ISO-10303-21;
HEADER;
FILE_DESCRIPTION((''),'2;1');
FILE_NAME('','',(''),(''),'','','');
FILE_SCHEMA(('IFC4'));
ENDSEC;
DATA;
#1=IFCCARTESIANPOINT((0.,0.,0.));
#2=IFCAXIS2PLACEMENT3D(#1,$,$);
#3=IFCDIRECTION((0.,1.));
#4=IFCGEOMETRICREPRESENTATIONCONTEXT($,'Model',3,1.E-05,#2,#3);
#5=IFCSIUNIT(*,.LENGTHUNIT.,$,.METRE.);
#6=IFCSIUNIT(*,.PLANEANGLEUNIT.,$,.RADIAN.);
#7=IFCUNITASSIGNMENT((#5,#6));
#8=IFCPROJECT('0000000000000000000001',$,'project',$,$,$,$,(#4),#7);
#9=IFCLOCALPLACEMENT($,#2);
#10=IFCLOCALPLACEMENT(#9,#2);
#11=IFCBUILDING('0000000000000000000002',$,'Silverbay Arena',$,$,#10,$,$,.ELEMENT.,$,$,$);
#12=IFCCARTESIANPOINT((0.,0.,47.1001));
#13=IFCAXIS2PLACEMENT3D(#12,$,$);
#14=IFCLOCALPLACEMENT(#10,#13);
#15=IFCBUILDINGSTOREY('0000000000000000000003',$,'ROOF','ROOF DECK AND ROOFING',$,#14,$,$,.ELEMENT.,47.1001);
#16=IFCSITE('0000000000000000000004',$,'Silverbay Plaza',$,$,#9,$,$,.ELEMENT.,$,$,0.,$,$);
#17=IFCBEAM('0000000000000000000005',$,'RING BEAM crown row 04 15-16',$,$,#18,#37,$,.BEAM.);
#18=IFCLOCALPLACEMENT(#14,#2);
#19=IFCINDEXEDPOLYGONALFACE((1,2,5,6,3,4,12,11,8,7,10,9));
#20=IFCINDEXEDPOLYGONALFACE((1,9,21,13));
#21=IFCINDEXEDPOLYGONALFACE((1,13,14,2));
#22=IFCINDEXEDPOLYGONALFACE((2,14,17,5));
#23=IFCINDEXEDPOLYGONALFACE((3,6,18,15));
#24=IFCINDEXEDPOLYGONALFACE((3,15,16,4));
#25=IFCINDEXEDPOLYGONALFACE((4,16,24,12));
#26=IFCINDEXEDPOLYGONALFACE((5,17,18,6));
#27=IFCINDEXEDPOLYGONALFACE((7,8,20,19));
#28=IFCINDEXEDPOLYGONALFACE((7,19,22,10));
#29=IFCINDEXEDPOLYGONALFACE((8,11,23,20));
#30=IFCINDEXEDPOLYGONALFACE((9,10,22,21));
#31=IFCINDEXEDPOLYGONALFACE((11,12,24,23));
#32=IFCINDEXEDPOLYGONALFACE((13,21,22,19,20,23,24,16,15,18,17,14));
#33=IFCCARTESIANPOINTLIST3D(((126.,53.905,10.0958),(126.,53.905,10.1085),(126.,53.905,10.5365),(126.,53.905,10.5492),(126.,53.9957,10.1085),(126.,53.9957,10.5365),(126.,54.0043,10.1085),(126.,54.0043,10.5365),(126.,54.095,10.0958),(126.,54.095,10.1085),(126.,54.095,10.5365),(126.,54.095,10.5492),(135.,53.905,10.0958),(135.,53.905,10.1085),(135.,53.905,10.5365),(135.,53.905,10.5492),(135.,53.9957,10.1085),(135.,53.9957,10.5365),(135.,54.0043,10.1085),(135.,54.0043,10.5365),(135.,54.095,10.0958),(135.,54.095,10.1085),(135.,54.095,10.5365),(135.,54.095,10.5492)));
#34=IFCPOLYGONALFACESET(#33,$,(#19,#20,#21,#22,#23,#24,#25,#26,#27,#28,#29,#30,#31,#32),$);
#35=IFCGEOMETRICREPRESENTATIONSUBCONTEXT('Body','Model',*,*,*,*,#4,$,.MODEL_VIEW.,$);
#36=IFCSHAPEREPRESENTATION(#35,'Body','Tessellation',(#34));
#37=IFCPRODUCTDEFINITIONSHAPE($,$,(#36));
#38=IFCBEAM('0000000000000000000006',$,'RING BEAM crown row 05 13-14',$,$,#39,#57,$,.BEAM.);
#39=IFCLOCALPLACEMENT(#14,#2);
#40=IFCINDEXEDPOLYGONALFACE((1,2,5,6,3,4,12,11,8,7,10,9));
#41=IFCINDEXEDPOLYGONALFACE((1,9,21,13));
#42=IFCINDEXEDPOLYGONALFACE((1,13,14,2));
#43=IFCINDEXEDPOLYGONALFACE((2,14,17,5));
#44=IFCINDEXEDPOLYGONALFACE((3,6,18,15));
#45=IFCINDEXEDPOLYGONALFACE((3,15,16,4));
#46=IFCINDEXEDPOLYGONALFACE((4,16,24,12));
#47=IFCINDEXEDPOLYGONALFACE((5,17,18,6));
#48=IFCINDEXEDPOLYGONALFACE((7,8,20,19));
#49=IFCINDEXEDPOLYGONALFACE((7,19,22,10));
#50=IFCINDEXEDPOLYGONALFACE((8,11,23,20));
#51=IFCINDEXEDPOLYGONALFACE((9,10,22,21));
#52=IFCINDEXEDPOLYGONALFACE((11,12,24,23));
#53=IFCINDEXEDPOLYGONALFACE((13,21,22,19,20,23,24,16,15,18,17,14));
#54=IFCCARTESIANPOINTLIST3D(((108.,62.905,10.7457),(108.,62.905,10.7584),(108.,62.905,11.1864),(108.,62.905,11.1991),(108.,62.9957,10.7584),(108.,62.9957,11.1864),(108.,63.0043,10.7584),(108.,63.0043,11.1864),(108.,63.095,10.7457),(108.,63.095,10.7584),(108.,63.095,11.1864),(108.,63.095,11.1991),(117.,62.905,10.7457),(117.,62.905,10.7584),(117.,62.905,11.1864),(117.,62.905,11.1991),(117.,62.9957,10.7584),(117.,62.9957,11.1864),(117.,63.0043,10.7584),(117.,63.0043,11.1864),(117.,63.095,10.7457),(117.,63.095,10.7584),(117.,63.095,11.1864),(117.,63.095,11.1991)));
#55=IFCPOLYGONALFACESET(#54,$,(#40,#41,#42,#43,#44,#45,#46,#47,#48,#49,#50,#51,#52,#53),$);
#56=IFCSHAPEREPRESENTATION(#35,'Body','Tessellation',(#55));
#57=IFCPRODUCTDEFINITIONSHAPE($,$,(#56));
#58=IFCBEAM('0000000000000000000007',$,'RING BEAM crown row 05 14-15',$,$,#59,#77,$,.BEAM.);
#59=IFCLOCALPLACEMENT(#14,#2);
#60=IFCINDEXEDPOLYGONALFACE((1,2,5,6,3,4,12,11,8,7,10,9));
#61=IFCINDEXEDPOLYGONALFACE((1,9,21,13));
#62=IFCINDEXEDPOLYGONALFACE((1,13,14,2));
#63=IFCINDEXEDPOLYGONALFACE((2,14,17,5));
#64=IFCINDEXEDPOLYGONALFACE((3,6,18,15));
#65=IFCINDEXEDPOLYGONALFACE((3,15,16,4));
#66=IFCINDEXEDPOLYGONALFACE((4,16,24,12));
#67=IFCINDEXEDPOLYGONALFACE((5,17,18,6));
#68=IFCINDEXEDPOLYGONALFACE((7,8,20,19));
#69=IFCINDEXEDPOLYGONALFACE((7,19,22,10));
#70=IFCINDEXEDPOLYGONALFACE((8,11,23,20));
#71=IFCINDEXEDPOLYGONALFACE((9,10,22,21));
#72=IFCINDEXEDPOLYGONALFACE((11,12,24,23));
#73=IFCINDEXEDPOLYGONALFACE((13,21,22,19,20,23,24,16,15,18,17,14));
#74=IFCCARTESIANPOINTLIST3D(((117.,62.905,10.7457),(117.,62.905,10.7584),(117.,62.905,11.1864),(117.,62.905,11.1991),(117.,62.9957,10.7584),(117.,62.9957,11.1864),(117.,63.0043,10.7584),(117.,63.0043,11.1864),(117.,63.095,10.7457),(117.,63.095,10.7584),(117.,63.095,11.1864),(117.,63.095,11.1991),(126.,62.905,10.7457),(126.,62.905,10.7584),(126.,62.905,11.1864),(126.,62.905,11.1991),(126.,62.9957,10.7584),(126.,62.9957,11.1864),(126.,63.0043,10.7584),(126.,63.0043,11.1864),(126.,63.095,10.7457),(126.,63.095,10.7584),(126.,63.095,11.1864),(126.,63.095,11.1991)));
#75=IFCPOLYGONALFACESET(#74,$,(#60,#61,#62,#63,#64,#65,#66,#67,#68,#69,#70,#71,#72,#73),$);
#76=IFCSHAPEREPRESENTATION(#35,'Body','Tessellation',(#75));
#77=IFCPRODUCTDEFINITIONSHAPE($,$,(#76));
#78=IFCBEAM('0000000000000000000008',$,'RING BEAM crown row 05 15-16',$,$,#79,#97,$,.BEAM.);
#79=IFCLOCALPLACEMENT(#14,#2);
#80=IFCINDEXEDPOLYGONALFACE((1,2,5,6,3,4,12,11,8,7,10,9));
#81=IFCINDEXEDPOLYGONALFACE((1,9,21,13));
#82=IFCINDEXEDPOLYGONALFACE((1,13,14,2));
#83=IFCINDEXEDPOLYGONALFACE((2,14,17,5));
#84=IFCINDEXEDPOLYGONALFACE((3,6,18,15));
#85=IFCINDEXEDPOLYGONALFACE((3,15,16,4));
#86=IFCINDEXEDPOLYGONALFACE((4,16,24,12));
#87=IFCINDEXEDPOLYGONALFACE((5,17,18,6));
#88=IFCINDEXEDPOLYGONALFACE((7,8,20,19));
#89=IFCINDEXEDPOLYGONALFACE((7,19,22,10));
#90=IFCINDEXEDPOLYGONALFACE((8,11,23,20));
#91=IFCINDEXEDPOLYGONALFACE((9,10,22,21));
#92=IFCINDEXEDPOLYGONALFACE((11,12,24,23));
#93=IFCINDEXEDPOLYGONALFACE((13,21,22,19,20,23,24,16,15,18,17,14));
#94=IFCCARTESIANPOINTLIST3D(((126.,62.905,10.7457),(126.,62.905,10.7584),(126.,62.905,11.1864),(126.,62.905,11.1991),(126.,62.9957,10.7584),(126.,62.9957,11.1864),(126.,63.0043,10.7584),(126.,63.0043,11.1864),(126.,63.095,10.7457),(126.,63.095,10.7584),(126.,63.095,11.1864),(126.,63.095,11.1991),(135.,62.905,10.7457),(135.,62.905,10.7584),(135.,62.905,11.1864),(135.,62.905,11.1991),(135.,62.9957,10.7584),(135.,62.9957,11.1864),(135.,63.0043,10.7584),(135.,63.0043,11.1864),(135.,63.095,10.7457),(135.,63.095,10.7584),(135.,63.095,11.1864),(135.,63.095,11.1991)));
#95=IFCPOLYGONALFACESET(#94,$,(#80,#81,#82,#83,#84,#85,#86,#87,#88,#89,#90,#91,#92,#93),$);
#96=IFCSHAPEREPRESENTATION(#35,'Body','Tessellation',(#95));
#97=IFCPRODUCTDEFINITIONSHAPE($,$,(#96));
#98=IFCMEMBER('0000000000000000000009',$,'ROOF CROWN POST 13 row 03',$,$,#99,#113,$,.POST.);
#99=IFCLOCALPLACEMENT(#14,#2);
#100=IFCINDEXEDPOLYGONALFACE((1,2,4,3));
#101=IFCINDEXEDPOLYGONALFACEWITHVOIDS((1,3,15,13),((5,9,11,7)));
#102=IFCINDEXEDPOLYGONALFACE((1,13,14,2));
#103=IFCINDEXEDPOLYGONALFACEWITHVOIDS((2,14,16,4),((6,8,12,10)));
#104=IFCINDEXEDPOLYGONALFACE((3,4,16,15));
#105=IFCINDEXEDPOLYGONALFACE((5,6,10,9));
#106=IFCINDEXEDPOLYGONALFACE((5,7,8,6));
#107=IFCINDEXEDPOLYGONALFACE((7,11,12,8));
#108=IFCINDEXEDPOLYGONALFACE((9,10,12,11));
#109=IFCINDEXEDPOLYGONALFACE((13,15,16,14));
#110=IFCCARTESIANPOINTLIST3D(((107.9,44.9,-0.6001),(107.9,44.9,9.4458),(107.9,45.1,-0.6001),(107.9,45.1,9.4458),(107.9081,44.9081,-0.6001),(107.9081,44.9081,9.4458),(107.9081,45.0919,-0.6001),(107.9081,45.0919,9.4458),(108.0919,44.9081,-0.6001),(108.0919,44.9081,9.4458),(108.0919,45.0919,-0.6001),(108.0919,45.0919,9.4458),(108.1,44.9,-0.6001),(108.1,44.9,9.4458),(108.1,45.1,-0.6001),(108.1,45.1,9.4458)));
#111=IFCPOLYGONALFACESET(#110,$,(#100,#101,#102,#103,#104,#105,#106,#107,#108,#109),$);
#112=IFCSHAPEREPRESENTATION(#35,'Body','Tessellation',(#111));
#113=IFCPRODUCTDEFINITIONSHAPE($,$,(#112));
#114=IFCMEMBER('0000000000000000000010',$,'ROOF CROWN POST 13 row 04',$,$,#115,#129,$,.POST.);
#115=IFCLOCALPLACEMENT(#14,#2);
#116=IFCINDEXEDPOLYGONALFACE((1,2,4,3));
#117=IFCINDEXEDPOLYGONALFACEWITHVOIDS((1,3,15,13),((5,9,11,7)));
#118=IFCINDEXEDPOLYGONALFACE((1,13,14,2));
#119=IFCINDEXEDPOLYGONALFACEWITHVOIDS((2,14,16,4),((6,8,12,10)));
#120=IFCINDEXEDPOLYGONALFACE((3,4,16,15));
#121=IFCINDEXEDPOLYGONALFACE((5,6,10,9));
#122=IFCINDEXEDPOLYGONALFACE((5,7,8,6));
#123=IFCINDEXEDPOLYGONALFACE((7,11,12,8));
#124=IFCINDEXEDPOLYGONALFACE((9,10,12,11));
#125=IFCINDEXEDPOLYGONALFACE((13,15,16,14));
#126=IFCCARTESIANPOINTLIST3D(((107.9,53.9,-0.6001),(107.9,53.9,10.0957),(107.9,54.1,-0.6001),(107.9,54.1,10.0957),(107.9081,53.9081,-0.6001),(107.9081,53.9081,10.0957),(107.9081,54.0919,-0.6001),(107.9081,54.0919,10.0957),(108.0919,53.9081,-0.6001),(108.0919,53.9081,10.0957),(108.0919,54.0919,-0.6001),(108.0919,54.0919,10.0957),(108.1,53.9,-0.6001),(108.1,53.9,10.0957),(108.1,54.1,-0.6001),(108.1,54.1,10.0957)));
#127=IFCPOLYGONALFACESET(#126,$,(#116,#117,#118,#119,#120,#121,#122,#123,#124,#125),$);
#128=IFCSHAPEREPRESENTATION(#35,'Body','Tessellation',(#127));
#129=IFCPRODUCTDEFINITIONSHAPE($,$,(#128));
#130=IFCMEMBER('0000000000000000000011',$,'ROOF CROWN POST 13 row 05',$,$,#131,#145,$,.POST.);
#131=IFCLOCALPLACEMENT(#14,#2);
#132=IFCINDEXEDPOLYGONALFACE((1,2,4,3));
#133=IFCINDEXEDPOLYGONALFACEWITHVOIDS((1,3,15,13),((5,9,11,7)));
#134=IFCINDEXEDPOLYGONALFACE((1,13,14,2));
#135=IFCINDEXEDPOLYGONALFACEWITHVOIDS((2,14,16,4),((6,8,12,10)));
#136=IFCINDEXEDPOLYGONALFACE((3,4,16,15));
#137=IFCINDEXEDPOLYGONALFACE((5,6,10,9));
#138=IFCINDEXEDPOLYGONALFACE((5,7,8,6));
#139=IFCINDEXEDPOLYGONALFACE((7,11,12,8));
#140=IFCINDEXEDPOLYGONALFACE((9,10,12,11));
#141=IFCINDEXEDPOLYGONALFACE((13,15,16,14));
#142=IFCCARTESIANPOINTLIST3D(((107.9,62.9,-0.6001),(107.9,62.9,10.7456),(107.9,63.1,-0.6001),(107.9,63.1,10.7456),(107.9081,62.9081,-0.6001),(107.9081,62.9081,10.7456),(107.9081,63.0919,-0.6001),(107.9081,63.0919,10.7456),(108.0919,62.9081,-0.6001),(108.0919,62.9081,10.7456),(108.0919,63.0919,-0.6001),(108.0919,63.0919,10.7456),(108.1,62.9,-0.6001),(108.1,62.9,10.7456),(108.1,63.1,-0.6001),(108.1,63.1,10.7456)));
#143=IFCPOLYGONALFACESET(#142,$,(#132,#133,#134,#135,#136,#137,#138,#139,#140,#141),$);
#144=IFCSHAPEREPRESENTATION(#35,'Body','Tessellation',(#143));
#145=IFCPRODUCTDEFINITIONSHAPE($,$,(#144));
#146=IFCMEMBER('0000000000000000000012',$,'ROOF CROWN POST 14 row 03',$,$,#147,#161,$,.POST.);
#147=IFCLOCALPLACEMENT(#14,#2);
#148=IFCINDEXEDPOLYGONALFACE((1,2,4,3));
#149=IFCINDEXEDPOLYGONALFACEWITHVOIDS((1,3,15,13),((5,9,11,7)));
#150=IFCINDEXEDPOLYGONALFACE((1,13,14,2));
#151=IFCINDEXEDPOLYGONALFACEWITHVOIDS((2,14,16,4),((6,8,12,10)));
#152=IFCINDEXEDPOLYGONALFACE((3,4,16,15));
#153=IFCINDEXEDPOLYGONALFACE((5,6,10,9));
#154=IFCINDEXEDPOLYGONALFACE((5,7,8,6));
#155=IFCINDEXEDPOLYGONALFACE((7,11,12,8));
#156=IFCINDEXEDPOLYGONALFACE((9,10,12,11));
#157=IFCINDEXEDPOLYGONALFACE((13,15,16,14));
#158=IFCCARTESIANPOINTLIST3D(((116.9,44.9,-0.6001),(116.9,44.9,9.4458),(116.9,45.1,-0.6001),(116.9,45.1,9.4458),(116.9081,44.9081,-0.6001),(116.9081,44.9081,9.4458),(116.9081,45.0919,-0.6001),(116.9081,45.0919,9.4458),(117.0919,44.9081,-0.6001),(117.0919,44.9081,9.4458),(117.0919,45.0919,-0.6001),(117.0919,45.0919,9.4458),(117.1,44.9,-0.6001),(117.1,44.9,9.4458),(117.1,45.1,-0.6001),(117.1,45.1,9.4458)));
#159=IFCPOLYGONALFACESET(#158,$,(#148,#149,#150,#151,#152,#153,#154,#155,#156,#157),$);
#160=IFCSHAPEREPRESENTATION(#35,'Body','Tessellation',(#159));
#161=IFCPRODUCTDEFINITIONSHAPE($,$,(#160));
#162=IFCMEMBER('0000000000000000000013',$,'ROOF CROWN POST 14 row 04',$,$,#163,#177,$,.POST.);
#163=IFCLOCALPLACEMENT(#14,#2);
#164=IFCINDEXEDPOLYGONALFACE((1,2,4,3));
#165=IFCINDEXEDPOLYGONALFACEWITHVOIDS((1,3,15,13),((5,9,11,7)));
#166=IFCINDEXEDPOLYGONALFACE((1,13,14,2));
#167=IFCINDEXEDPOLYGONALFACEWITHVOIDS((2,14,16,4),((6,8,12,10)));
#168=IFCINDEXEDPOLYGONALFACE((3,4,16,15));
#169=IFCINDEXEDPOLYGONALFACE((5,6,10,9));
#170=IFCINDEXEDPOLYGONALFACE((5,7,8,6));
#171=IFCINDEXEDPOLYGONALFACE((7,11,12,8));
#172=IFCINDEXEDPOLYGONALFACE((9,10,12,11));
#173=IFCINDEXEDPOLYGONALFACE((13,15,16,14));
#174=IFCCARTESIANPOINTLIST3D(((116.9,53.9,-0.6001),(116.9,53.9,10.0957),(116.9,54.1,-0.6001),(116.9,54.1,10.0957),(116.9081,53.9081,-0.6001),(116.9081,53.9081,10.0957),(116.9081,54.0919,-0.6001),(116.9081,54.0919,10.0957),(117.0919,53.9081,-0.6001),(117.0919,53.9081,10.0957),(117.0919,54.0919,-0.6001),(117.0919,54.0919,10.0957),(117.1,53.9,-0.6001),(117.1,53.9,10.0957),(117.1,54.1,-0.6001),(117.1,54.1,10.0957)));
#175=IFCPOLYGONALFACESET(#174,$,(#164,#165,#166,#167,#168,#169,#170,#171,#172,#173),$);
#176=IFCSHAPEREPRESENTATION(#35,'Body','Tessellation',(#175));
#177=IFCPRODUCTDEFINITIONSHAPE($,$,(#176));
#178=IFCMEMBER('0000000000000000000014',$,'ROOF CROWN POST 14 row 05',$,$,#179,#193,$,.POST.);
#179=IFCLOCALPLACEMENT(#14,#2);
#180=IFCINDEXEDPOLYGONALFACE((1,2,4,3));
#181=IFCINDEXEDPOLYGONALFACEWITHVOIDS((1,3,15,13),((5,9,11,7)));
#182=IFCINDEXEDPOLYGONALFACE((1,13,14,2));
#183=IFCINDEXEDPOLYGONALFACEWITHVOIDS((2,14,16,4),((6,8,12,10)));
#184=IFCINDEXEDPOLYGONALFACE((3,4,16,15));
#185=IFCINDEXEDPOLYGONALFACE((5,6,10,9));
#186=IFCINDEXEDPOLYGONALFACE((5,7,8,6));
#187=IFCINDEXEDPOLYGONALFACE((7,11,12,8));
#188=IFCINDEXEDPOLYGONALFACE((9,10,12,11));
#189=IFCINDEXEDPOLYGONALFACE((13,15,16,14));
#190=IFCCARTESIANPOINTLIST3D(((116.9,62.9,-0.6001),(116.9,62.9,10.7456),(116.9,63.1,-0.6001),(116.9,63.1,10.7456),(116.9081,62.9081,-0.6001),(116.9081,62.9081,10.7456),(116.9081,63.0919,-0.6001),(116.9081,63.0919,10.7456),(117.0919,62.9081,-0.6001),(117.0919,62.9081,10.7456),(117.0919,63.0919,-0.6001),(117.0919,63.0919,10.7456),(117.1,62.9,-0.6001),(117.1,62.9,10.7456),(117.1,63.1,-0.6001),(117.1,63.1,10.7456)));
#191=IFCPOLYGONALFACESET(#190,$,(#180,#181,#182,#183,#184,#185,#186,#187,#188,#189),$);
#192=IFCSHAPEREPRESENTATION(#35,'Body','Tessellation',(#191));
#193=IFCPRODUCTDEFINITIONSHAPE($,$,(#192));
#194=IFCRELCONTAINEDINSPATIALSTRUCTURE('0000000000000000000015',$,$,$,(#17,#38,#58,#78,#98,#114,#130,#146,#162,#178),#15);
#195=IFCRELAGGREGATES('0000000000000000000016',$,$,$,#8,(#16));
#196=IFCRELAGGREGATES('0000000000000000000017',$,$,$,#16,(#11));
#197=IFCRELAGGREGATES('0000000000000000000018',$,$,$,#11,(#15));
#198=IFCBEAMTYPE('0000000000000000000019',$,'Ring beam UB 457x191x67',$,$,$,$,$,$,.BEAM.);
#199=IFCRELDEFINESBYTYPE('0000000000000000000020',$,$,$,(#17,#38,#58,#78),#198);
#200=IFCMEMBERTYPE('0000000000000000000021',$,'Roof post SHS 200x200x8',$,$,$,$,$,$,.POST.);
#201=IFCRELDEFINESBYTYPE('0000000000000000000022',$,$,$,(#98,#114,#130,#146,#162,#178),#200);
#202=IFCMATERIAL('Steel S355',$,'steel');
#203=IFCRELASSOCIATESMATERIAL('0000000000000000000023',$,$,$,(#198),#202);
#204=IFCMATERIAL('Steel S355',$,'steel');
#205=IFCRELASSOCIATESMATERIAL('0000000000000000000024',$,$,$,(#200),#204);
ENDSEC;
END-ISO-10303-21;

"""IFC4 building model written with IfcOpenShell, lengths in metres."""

from ifc_helpers import new_model, si_unit, direction, frame, origin, origin_2d, place, context, subcontext, project, spatial, hollow_rectangle, i_section, extrude, material, material_profile, profile_set, type_object, element, save


model = new_model("IFC4")

# Units and contexts
model_context = context("Model", 3, precision=1e-05, world=origin(), true_north=direction((0.0, 1.0)))
body_context = subcontext(model_context, "Body", "Model", "MODEL_VIEW")
ifc_project = project(units=[si_unit("LENGTHUNIT", "METRE"), si_unit("PLANEANGLEUNIT", "RADIAN")], contexts=[model_context])

# Site, building, storey
site_placement = place(None, origin())
site = spatial("IfcSite", under=ifc_project, at=site_placement, Name="Silverbay Plaza", CompositionType="ELEMENT", RefElevation=0.0)
building_placement = place(site_placement, origin())
building = spatial("IfcBuilding", under=site, at=building_placement, Name="Silverbay Arena", CompositionType="ELEMENT")
storey_placement = place(building_placement, frame((0.0, 0.0, 47.1001)))
storey = spatial("IfcBuildingStorey", under=building, at=storey_placement, Name="ROOF", Description="ROOF DECK AND ROOFING", CompositionType="ELEMENT", Elevation=47.1001)

# Beams
ifc_material_1 = material(Name="Steel S355", Category="steel")
ifc_material_profile_1 = material_profile(ifc_material_1, i_section(OverallWidth=0.1899, OverallDepth=0.4534, WebThickness=0.0085, FlangeThickness=0.0127, at=origin_2d()), Name="UB 457x191x67")
ifc_profile_set_1 = profile_set([ifc_material_profile_1], Name="Steel S355")
beam_type = type_object("IfcBeamType", Name="Ring beam UB 457x191x67", PredefinedType="BEAM", material=ifc_profile_set_1)
for number, where, z_axis, x_axis, name in (
    (1, (126.0, 54.0, 10.3225), (1.0, 0.0, 0.0), (0.0, 1.0, 0.0), "RING BEAM crown row 04 15-16"),
    (2, (108.0, 63.0, 10.9724), (1.0, 0.0, 0.0), (0.0, 1.0, 0.0), "RING BEAM crown row 05 13-14"),
    (3, (117.0, 63.0, 10.9724), (1.0, 0.0, 0.0), (0.0, 1.0, 0.0), "RING BEAM crown row 05 14-15"),
    (4, (126.0, 63.0, 10.9724), (1.0, 0.0, 0.0), (0.0, 1.0, 0.0), "RING BEAM crown row 05 15-16"),
):
    element("IfcBeam", number, at=place(storey_placement, frame(where, z_axis=z_axis, x_axis=x_axis)), inside=storey, type_object=beam_type, Name=name, PredefinedType="BEAM", context=body_context, shape_type="SweptSolid", body=[
        extrude(i_section(OverallWidth=0.1899, OverallDepth=0.4534, WebThickness=0.0085, FlangeThickness=0.0127, at=origin_2d()), origin(), (0.0, 0.0, 1.0), 9.0),
    ])

# Members
ifc_material_2 = material(Name="Steel S355", Category="steel")
ifc_material_profile_2 = material_profile(ifc_material_2, hollow_rectangle(XDim=0.2, YDim=0.2, WallThickness=0.0081, at=origin_2d()), Name="SHS 200x200x8")
ifc_profile_set_2 = profile_set([ifc_material_profile_2], Name="Steel S355")
member_type_1 = type_object("IfcMemberType", Name="Roof post SHS 200x200x8", PredefinedType="POST", material=ifc_profile_set_2)
member_1_placement = place(storey_placement, frame((108.0, 45.0, -0.6001), z_axis=(0.0, 0.0, 1.0), x_axis=(1.0, 0.0, 0.0)))
element("IfcMember", 5, at=member_1_placement, inside=storey, type_object=member_type_1, Name="ROOF CROWN POST 13 row 03", PredefinedType="POST", context=body_context, shape_type="SweptSolid", body=[
    extrude(hollow_rectangle(XDim=0.2, YDim=0.2, WallThickness=0.0081, at=origin_2d()), origin(), (0.0, 0.0, 1.0), 10.0459),
])
member_2_placement = place(storey_placement, frame((108.0, 54.0, -0.6001), z_axis=(0.0, 0.0, 1.0), x_axis=(1.0, 0.0, 0.0)))
element("IfcMember", 6, at=member_2_placement, inside=storey, type_object=member_type_1, Name="ROOF CROWN POST 13 row 04", PredefinedType="POST", context=body_context, shape_type="SweptSolid", body=[
    extrude(hollow_rectangle(XDim=0.2, YDim=0.2, WallThickness=0.0081, at=origin_2d()), origin(), (0.0, 0.0, 1.0), 10.6958),
])
member_3_placement = place(storey_placement, frame((108.0, 63.0, -0.6001), z_axis=(0.0, 0.0, 1.0), x_axis=(1.0, 0.0, 0.0)))
element("IfcMember", 7, at=member_3_placement, inside=storey, type_object=member_type_1, Name="ROOF CROWN POST 13 row 05", PredefinedType="POST", context=body_context, shape_type="SweptSolid", body=[
    extrude(hollow_rectangle(XDim=0.2, YDim=0.2, WallThickness=0.0081, at=origin_2d()), origin(), (0.0, 0.0, 1.0), 11.3457),
])
member_4_placement = place(storey_placement, frame((117.0, 45.0, -0.6001), z_axis=(0.0, 0.0, 1.0), x_axis=(1.0, 0.0, 0.0)))
element("IfcMember", 8, at=member_4_placement, inside=storey, type_object=member_type_1, Name="ROOF CROWN POST 14 row 03", PredefinedType="POST", context=body_context, shape_type="SweptSolid", body=[
    extrude(hollow_rectangle(XDim=0.2, YDim=0.2, WallThickness=0.0081, at=origin_2d()), origin(), (0.0, 0.0, 1.0), 10.0459),
])
member_5_placement = place(storey_placement, frame((117.0, 54.0, -0.6001), z_axis=(0.0, 0.0, 1.0), x_axis=(1.0, 0.0, 0.0)))
element("IfcMember", 9, at=member_5_placement, inside=storey, type_object=member_type_1, Name="ROOF CROWN POST 14 row 04", PredefinedType="POST", context=body_context, shape_type="SweptSolid", body=[
    extrude(hollow_rectangle(XDim=0.2, YDim=0.2, WallThickness=0.0081, at=origin_2d()), origin(), (0.0, 0.0, 1.0), 10.6958),
])
member_6_placement = place(storey_placement, frame((117.0, 63.0, -0.6001), z_axis=(0.0, 0.0, 1.0), x_axis=(1.0, 0.0, 0.0)))
element("IfcMember", 10, at=member_6_placement, inside=storey, type_object=member_type_1, Name="ROOF CROWN POST 14 row 05", PredefinedType="POST", context=body_context, shape_type="SweptSolid", body=[
    extrude(hollow_rectangle(XDim=0.2, YDim=0.2, WallThickness=0.0081, at=origin_2d()), origin(), (0.0, 0.0, 1.0), 11.3457),
])

save(model, "model.ifc")
